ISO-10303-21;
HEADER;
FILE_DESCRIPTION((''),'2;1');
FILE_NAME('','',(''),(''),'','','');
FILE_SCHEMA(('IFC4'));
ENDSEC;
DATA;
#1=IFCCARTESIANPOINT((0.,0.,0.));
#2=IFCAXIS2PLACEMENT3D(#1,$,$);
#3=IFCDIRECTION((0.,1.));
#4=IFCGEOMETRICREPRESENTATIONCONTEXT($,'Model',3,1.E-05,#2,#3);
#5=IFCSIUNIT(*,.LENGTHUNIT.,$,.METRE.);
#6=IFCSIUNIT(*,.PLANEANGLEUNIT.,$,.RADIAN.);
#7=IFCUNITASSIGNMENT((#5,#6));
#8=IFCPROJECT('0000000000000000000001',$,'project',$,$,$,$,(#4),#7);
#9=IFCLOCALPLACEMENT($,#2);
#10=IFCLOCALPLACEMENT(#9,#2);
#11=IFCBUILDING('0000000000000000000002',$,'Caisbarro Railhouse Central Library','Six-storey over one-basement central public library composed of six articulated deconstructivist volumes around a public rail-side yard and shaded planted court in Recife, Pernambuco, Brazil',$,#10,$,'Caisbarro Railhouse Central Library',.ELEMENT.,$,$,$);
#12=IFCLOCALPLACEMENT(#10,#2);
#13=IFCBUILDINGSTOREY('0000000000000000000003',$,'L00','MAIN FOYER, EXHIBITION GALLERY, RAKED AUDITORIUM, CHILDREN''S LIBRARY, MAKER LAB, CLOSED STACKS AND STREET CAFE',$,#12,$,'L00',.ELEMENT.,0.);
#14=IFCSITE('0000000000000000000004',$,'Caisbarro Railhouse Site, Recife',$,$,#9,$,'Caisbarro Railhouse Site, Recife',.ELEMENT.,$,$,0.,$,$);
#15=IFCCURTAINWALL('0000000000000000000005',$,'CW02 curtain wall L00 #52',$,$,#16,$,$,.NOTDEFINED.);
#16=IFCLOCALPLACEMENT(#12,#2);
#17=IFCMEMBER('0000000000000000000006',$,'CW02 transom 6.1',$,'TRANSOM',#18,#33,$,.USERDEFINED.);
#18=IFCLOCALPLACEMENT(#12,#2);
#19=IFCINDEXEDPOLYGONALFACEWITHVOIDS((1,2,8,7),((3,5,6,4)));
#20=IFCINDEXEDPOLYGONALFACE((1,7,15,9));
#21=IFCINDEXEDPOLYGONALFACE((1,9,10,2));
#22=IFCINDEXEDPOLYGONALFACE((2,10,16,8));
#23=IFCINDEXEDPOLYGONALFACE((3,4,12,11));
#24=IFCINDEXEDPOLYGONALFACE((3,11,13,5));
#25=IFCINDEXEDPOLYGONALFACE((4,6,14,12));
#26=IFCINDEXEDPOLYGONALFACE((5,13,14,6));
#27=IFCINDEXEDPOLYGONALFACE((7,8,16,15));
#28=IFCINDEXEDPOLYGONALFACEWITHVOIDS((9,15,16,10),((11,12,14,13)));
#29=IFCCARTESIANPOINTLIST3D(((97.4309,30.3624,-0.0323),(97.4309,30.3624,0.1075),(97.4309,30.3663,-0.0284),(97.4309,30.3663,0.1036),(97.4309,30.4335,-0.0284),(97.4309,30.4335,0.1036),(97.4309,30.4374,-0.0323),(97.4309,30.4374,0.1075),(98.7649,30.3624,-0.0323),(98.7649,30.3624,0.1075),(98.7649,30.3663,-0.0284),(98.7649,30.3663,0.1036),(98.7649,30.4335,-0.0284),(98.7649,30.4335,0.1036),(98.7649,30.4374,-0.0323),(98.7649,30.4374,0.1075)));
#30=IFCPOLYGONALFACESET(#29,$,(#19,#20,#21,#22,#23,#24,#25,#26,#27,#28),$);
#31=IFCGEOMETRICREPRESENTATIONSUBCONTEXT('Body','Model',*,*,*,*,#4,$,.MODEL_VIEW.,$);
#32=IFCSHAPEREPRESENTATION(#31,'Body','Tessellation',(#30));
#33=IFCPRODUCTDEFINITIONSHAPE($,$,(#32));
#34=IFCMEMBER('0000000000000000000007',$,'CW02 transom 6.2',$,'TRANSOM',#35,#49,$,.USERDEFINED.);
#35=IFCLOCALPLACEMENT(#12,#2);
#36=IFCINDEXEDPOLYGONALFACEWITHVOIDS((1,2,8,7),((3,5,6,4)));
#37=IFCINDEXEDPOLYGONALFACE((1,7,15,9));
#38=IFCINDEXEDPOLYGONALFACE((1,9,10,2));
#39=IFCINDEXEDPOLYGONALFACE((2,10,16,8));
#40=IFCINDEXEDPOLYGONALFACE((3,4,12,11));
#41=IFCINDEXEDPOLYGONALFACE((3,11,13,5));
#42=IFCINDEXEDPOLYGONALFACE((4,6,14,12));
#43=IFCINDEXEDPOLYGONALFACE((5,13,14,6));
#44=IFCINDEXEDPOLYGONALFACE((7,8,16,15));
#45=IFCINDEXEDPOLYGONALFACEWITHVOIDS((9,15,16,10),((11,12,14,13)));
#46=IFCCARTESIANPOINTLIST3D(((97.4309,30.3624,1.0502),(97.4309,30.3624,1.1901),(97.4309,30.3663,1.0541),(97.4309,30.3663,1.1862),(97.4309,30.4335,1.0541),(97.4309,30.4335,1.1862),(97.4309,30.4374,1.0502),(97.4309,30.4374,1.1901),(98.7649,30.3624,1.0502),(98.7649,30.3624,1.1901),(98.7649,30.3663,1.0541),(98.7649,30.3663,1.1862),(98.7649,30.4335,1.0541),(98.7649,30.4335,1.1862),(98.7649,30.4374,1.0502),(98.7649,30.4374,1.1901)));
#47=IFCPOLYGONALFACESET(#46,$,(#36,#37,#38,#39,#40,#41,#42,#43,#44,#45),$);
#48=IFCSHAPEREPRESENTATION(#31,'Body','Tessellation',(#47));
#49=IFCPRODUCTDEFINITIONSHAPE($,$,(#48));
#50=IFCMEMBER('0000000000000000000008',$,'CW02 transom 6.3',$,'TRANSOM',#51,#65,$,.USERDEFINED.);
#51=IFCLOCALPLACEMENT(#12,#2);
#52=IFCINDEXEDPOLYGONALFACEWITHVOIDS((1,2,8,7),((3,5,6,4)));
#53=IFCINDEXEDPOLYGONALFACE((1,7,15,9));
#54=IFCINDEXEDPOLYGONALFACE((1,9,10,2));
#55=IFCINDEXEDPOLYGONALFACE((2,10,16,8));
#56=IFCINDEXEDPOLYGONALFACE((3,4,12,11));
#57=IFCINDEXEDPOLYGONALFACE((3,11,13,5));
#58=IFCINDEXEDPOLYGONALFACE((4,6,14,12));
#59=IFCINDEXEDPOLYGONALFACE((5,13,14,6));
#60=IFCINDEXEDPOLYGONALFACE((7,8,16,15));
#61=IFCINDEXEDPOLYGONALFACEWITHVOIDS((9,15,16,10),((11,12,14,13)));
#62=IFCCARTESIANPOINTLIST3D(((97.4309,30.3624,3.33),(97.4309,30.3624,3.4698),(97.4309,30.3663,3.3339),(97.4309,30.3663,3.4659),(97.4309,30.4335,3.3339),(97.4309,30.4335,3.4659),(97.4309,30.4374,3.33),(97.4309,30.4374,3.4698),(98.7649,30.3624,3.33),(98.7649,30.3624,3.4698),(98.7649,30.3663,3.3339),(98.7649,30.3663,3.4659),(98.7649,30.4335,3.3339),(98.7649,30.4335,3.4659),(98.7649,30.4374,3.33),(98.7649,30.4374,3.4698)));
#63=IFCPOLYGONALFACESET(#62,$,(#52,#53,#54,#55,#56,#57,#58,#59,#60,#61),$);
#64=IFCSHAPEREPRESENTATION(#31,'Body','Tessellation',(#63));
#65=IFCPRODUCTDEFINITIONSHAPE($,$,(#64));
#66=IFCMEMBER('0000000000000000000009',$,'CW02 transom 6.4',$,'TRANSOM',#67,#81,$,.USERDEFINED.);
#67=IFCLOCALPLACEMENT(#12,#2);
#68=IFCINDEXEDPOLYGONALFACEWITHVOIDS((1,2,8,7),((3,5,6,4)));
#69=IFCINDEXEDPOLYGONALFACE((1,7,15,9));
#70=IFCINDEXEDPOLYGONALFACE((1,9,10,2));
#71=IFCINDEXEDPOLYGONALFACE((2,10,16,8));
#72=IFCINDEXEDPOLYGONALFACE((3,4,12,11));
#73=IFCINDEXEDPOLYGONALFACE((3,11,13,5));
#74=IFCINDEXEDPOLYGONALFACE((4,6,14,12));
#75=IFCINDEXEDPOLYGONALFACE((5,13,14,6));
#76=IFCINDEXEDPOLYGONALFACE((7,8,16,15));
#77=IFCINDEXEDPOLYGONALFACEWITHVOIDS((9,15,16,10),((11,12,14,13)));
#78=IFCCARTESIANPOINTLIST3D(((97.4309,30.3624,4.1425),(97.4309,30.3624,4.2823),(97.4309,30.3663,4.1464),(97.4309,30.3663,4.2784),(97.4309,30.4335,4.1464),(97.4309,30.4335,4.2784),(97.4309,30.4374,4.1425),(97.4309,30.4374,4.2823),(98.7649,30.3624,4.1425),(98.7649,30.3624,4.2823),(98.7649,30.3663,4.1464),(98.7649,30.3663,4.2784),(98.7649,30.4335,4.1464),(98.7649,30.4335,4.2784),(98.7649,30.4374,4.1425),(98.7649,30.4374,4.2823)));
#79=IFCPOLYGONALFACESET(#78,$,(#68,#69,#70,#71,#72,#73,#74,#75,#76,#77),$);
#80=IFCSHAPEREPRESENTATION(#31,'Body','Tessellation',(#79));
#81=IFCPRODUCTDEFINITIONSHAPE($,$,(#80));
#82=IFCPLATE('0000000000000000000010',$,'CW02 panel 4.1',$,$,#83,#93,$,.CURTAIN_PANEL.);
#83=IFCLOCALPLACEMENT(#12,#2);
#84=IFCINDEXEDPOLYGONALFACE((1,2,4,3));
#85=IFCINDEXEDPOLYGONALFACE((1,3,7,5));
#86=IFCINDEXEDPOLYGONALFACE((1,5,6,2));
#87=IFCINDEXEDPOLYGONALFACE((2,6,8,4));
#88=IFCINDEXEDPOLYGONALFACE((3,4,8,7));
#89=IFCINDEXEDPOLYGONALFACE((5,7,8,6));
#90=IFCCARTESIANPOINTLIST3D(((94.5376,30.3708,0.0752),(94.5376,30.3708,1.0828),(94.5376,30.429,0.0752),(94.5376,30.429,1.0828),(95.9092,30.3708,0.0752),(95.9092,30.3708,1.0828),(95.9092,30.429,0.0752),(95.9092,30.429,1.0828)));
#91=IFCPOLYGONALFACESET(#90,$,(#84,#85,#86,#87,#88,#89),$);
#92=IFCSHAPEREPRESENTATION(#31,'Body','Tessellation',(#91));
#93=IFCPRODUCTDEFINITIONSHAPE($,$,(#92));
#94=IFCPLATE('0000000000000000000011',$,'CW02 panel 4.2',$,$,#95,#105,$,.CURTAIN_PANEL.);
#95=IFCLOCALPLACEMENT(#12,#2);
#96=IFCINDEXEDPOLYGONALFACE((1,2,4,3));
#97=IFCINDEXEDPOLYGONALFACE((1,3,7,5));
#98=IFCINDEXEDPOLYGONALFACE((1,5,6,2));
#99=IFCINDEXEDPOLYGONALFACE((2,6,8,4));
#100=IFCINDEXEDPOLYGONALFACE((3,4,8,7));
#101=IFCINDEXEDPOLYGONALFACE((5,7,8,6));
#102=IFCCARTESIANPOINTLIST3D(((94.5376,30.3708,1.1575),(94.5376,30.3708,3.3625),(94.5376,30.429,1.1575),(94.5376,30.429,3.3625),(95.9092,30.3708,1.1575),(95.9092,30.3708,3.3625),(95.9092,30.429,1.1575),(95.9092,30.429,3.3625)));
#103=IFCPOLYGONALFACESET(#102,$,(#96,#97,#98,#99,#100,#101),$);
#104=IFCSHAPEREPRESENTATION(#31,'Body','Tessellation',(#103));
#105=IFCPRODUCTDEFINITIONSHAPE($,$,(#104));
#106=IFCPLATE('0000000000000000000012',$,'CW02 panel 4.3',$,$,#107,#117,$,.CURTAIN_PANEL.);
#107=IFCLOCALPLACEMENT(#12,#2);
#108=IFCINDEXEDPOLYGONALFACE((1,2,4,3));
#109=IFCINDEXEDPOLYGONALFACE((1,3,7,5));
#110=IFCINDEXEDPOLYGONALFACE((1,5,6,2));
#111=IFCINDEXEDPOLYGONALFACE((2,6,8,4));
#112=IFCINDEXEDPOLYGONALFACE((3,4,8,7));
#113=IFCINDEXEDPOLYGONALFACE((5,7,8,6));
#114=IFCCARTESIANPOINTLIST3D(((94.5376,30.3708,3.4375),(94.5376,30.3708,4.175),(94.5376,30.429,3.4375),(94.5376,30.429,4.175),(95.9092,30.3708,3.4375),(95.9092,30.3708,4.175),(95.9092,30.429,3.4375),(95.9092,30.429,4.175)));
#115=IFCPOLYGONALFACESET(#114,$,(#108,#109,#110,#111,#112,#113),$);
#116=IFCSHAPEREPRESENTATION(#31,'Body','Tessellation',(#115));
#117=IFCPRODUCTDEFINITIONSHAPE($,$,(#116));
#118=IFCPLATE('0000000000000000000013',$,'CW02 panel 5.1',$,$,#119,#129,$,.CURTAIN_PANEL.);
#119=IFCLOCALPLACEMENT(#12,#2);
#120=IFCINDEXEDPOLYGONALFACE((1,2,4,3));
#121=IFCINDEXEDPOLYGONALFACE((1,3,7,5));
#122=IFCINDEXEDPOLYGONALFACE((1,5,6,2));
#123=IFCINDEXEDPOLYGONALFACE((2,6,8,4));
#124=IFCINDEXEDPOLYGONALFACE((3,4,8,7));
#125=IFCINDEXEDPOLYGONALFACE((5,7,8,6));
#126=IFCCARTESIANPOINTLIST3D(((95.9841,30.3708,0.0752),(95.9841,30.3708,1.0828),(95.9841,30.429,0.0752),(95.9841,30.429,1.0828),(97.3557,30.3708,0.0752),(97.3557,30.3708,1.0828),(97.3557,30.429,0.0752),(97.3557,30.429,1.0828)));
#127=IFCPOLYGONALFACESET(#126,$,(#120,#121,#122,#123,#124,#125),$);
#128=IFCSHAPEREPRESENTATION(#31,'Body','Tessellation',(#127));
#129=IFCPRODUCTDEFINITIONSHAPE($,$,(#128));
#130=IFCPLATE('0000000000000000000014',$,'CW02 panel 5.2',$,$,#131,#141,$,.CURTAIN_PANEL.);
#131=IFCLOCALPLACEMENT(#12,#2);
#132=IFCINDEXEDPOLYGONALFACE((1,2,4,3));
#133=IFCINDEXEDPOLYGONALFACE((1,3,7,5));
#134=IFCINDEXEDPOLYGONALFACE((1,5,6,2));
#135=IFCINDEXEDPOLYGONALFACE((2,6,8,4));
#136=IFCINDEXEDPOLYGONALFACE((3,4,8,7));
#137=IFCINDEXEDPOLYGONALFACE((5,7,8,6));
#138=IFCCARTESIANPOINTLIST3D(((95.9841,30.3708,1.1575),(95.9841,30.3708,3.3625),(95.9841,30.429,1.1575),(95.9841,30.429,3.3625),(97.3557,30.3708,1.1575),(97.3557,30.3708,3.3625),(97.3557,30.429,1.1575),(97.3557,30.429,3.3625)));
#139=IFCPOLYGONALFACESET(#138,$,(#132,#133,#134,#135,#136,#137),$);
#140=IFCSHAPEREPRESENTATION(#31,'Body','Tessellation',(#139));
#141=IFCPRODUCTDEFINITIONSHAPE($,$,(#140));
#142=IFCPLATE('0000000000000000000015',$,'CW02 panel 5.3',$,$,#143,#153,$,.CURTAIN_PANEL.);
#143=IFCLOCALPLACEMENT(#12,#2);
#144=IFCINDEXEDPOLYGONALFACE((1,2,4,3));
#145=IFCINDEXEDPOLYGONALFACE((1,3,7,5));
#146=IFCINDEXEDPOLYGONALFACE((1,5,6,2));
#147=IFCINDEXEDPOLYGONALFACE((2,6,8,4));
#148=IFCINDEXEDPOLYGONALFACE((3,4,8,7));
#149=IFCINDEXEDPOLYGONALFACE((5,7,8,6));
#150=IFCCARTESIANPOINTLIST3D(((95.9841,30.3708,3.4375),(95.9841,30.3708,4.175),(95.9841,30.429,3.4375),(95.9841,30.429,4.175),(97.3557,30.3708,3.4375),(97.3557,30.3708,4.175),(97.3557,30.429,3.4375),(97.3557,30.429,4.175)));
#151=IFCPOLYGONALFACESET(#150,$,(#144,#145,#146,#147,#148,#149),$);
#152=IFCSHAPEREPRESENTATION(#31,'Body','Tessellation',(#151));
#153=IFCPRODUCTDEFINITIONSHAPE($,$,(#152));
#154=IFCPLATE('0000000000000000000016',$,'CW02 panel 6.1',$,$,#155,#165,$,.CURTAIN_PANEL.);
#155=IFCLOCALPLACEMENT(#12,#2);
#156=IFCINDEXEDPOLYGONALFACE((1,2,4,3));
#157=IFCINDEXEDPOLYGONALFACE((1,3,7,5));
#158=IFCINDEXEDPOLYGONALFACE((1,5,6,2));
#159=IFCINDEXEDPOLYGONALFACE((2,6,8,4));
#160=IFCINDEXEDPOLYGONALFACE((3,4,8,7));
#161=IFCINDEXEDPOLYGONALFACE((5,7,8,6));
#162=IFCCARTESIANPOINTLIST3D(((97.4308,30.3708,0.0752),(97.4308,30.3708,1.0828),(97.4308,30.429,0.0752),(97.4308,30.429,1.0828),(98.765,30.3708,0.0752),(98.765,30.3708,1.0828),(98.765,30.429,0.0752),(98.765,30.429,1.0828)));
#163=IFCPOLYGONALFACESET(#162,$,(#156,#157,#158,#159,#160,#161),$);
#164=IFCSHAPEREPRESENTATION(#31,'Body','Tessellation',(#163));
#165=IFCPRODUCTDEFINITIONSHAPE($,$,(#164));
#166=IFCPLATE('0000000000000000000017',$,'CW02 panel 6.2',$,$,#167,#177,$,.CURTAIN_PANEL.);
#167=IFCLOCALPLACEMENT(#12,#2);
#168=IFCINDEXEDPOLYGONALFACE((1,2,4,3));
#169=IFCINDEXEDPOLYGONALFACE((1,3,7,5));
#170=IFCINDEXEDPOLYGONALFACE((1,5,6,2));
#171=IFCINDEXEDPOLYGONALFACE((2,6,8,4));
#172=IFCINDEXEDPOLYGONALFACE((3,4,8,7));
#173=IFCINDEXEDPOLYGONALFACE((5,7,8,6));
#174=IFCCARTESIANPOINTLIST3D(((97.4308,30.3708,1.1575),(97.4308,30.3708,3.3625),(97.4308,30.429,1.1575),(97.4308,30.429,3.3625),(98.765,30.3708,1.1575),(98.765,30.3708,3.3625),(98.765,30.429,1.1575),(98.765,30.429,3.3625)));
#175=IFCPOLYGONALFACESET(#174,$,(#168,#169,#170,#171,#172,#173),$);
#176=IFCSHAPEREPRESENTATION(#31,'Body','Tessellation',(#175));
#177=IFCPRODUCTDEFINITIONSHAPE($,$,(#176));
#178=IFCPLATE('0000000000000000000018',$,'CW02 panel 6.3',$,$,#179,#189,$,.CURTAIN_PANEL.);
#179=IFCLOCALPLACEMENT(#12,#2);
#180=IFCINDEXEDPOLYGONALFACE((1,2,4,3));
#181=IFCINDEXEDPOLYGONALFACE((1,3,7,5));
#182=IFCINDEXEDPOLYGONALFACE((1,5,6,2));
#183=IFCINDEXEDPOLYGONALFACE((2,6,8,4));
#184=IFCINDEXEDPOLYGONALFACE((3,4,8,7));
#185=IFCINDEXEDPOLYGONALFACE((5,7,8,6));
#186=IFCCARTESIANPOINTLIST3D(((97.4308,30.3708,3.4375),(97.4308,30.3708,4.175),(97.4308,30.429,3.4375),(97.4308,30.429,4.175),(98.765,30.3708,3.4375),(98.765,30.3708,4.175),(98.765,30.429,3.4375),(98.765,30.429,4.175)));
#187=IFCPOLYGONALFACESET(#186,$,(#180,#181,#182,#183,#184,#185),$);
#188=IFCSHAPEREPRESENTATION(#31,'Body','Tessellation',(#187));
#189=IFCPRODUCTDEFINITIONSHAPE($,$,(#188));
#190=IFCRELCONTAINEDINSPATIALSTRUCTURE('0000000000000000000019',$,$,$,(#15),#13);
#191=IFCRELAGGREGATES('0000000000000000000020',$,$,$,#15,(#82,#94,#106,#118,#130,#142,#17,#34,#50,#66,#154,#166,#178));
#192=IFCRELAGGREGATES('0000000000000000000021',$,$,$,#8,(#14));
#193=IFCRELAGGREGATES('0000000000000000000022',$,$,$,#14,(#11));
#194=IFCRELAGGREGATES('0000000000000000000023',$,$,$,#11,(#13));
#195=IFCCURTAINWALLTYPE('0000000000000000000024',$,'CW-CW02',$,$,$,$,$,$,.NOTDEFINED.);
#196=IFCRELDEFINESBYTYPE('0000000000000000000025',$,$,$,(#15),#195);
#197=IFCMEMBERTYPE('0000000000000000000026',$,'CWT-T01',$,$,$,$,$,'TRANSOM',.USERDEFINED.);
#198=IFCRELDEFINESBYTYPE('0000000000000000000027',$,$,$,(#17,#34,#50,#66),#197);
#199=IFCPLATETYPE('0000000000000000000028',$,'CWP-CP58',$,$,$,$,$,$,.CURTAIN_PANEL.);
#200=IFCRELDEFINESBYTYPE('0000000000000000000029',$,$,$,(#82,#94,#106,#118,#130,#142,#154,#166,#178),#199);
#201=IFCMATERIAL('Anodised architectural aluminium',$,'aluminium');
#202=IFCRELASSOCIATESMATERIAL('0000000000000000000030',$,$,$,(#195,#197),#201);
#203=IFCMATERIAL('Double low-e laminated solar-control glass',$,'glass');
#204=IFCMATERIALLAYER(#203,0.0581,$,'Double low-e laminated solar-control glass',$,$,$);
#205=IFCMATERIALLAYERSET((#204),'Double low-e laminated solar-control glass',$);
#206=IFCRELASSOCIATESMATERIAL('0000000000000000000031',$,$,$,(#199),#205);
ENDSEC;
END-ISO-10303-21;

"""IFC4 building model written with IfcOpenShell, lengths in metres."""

from ifc_helpers import new_model, si_unit, direction, frame, origin, origin_2d, place, context, subcontext, project, spatial, rectangle, hollow_rectangle, extrude, material, layer, layer_set, material_profile, profile_set, type_object, element, aggregate, save


model = new_model("IFC4")

# Units and contexts
model_context = context("Model", 3, precision=1e-05, world=origin(), true_north=direction((0.0, 1.0)))
body_context = subcontext(model_context, "Body", "Model", "MODEL_VIEW")
ifc_project = project(units=[si_unit("LENGTHUNIT", "METRE"), si_unit("PLANEANGLEUNIT", "RADIAN")], contexts=[model_context])

# Site, building, storey
site_placement = place(None, origin())
site = spatial("IfcSite", under=ifc_project, at=site_placement, Name="Caisbarro Railhouse Site, Recife", LongName="Caisbarro Railhouse Site, Recife", CompositionType="ELEMENT", RefElevation=0.0)
building_placement = place(site_placement, origin())
building = spatial("IfcBuilding", under=site, at=building_placement, Name="Caisbarro Railhouse Central Library", Description="Six-storey over one-basement central public library composed of six articulated deconstructivist volumes around a public rail-side yard and shaded planted court in Recife, Pernambuco, Brazil", LongName="Caisbarro Railhouse Central Library", CompositionType="ELEMENT")
storey_placement = place(building_placement, origin())
storey = spatial("IfcBuildingStorey", under=building, at=storey_placement, Name="L00", Description="MAIN FOYER, EXHIBITION GALLERY, RAKED AUDITORIUM, CHILDREN'S LIBRARY, MAKER LAB, CLOSED STACKS AND STREET CAFE", LongName="L00", CompositionType="ELEMENT", Elevation=0.0)

# Curtain wall
ifc_material_1 = material(Name="Anodised architectural aluminium", Category="aluminium")
curtain_wall_type = type_object("IfcCurtainWallType", Name="CW-CW02", PredefinedType="NOTDEFINED", material=ifc_material_1)
curtain_wall_1_placement = place(storey_placement, origin())
curtain_wall_1 = element("IfcCurtainWall", 1, at=curtain_wall_1_placement, inside=storey, type_object=curtain_wall_type, Name="CW02 curtain wall L00 #52", PredefinedType="NOTDEFINED")

# Members
ifc_material_profile_1 = material_profile(ifc_material_1, hollow_rectangle(XDim=0.075, YDim=0.1399, WallThickness=0.0039, at=origin_2d()), Name="ALU-TRN-75X140")
ifc_profile_set_1 = profile_set([ifc_material_profile_1], Name="Anodised architectural aluminium")
member_type_1 = type_object("IfcMemberType", Name="CWT-T01", ElementType="TRANSOM", PredefinedType="USERDEFINED", material=ifc_profile_set_1)
member_1_placement = place(storey_placement, frame((97.4309, 30.3999, 0.0376), z_axis=(1.0, 0.0, 0.0), x_axis=(0.0, 1.0, 0.0)))
member_1 = element("IfcMember", 2, at=member_1_placement, type_object=member_type_1, Name="CW02 transom 6.1", ObjectType="TRANSOM", PredefinedType="USERDEFINED", context=body_context, shape_type="SweptSolid", body=[
    extrude(hollow_rectangle(XDim=0.075, YDim=0.1399, WallThickness=0.0039, at=origin_2d()), origin(), (0.0, 0.0, 1.0), 1.334),
])
member_2_placement = place(storey_placement, frame((97.4309, 30.3999, 1.1201), z_axis=(1.0, 0.0, 0.0), x_axis=(0.0, 1.0, 0.0)))
member_2 = element("IfcMember", 3, at=member_2_placement, type_object=member_type_1, Name="CW02 transom 6.2", ObjectType="TRANSOM", PredefinedType="USERDEFINED", context=body_context, shape_type="SweptSolid", body=[
    extrude(hollow_rectangle(XDim=0.075, YDim=0.1399, WallThickness=0.0039, at=origin_2d()), origin(), (0.0, 0.0, 1.0), 1.334),
])
member_3_placement = place(storey_placement, frame((97.4309, 30.3999, 3.3999), z_axis=(1.0, 0.0, 0.0), x_axis=(0.0, 1.0, 0.0)))
member_3 = element("IfcMember", 4, at=member_3_placement, type_object=member_type_1, Name="CW02 transom 6.3", ObjectType="TRANSOM", PredefinedType="USERDEFINED", context=body_context, shape_type="SweptSolid", body=[
    extrude(hollow_rectangle(XDim=0.075, YDim=0.1399, WallThickness=0.0039, at=origin_2d()), origin(), (0.0, 0.0, 1.0), 1.334),
])
member_4_placement = place(storey_placement, frame((97.4309, 30.3999, 4.2124), z_axis=(1.0, 0.0, 0.0), x_axis=(0.0, 1.0, 0.0)))
member_4 = element("IfcMember", 5, at=member_4_placement, type_object=member_type_1, Name="CW02 transom 6.4", ObjectType="TRANSOM", PredefinedType="USERDEFINED", context=body_context, shape_type="SweptSolid", body=[
    extrude(hollow_rectangle(XDim=0.075, YDim=0.1399, WallThickness=0.0039, at=origin_2d()), origin(), (0.0, 0.0, 1.0), 1.334),
])

# Plates
ifc_material_2 = material(Name="Double low-e laminated solar-control glass", Category="glass")
ifc_layer = layer(ifc_material_2, 0.0581, Name="Double low-e laminated solar-control glass")
ifc_layer_set = layer_set([ifc_layer], Name="Double low-e laminated solar-control glass")
plate_type = type_object("IfcPlateType", Name="CWP-CP58", PredefinedType="CURTAIN_PANEL", material=ifc_layer_set)
plate_1_placement = place(storey_placement, frame((95.2234, 30.3999, 0.0752), z_axis=(0.0, 0.0, 1.0), x_axis=(1.0, 0.0, 0.0)))
plate_1 = element("IfcPlate", 6, at=plate_1_placement, type_object=plate_type, Name="CW02 panel 4.1", PredefinedType="CURTAIN_PANEL", context=body_context, shape_type="SweptSolid", body=[
    extrude(rectangle(XDim=1.3716, YDim=0.0581, at=origin_2d()), origin(), (0.0, 0.0, 1.0), 1.0076),
])
plate_2_placement = place(storey_placement, frame((95.2234, 30.3999, 1.1575), z_axis=(0.0, 0.0, 1.0), x_axis=(1.0, 0.0, 0.0)))
plate_2 = element("IfcPlate", 7, at=plate_2_placement, type_object=plate_type, Name="CW02 panel 4.2", PredefinedType="CURTAIN_PANEL", context=body_context, shape_type="SweptSolid", body=[
    extrude(rectangle(XDim=1.3716, YDim=0.0581, at=origin_2d()), origin(), (0.0, 0.0, 1.0), 2.2051),
])
plate_3_placement = place(storey_placement, frame((95.2234, 30.3999, 3.4375), z_axis=(0.0, 0.0, 1.0), x_axis=(1.0, 0.0, 0.0)))
plate_3 = element("IfcPlate", 8, at=plate_3_placement, type_object=plate_type, Name="CW02 panel 4.3", PredefinedType="CURTAIN_PANEL", context=body_context, shape_type="SweptSolid", body=[
    extrude(rectangle(XDim=1.3716, YDim=0.0581, at=origin_2d()), origin(), (0.0, 0.0, 1.0), 0.7375),
])
plate_4_placement = place(storey_placement, frame((96.6699, 30.3999, 0.0752), z_axis=(0.0, 0.0, 1.0), x_axis=(1.0, 0.0, 0.0)))
plate_4 = element("IfcPlate", 9, at=plate_4_placement, type_object=plate_type, Name="CW02 panel 5.1", PredefinedType="CURTAIN_PANEL", context=body_context, shape_type="SweptSolid", body=[
    extrude(rectangle(XDim=1.3716, YDim=0.0581, at=origin_2d()), origin(), (0.0, 0.0, 1.0), 1.0076),
])
plate_5_placement = place(storey_placement, frame((96.6699, 30.3999, 1.1575), z_axis=(0.0, 0.0, 1.0), x_axis=(1.0, 0.0, 0.0)))
plate_5 = element("IfcPlate", 10, at=plate_5_placement, type_object=plate_type, Name="CW02 panel 5.2", PredefinedType="CURTAIN_PANEL", context=body_context, shape_type="SweptSolid", body=[
    extrude(rectangle(XDim=1.3716, YDim=0.0581, at=origin_2d()), origin(), (0.0, 0.0, 1.0), 2.2051),
])
plate_6_placement = place(storey_placement, frame((96.6699, 30.3999, 3.4375), z_axis=(0.0, 0.0, 1.0), x_axis=(1.0, 0.0, 0.0)))
plate_6 = element("IfcPlate", 11, at=plate_6_placement, type_object=plate_type, Name="CW02 panel 5.3", PredefinedType="CURTAIN_PANEL", context=body_context, shape_type="SweptSolid", body=[
    extrude(rectangle(XDim=1.3716, YDim=0.0581, at=origin_2d()), origin(), (0.0, 0.0, 1.0), 0.7375),
])
plate_7_placement = place(storey_placement, frame((98.0979, 30.3999, 0.0752), z_axis=(0.0, 0.0, 1.0), x_axis=(1.0, 0.0, 0.0)))
plate_7 = element("IfcPlate", 12, at=plate_7_placement, type_object=plate_type, Name="CW02 panel 6.1", PredefinedType="CURTAIN_PANEL", context=body_context, shape_type="SweptSolid", body=[
    extrude(rectangle(XDim=1.3342, YDim=0.0581, at=origin_2d()), origin(), (0.0, 0.0, 1.0), 1.0076),
])
plate_8_placement = place(storey_placement, frame((98.0979, 30.3999, 1.1575), z_axis=(0.0, 0.0, 1.0), x_axis=(1.0, 0.0, 0.0)))
plate_8 = element("IfcPlate", 13, at=plate_8_placement, type_object=plate_type, Name="CW02 panel 6.2", PredefinedType="CURTAIN_PANEL", context=body_context, shape_type="SweptSolid", body=[
    extrude(rectangle(XDim=1.3342, YDim=0.0581, at=origin_2d()), origin(), (0.0, 0.0, 1.0), 2.2051),
])
plate_9_placement = place(storey_placement, frame((98.0979, 30.3999, 3.4375), z_axis=(0.0, 0.0, 1.0), x_axis=(1.0, 0.0, 0.0)))
plate_9 = element("IfcPlate", 14, at=plate_9_placement, type_object=plate_type, Name="CW02 panel 6.3", PredefinedType="CURTAIN_PANEL", context=body_context, shape_type="SweptSolid", body=[
    extrude(rectangle(XDim=1.3342, YDim=0.0581, at=origin_2d()), origin(), (0.0, 0.0, 1.0), 0.7375),
])
aggregate(curtain_wall_1, [plate_1, plate_2, plate_3, plate_4, plate_5, plate_6, member_1, member_2, member_3, member_4, plate_7, plate_8, plate_9])

save(model, "model.ifc")
